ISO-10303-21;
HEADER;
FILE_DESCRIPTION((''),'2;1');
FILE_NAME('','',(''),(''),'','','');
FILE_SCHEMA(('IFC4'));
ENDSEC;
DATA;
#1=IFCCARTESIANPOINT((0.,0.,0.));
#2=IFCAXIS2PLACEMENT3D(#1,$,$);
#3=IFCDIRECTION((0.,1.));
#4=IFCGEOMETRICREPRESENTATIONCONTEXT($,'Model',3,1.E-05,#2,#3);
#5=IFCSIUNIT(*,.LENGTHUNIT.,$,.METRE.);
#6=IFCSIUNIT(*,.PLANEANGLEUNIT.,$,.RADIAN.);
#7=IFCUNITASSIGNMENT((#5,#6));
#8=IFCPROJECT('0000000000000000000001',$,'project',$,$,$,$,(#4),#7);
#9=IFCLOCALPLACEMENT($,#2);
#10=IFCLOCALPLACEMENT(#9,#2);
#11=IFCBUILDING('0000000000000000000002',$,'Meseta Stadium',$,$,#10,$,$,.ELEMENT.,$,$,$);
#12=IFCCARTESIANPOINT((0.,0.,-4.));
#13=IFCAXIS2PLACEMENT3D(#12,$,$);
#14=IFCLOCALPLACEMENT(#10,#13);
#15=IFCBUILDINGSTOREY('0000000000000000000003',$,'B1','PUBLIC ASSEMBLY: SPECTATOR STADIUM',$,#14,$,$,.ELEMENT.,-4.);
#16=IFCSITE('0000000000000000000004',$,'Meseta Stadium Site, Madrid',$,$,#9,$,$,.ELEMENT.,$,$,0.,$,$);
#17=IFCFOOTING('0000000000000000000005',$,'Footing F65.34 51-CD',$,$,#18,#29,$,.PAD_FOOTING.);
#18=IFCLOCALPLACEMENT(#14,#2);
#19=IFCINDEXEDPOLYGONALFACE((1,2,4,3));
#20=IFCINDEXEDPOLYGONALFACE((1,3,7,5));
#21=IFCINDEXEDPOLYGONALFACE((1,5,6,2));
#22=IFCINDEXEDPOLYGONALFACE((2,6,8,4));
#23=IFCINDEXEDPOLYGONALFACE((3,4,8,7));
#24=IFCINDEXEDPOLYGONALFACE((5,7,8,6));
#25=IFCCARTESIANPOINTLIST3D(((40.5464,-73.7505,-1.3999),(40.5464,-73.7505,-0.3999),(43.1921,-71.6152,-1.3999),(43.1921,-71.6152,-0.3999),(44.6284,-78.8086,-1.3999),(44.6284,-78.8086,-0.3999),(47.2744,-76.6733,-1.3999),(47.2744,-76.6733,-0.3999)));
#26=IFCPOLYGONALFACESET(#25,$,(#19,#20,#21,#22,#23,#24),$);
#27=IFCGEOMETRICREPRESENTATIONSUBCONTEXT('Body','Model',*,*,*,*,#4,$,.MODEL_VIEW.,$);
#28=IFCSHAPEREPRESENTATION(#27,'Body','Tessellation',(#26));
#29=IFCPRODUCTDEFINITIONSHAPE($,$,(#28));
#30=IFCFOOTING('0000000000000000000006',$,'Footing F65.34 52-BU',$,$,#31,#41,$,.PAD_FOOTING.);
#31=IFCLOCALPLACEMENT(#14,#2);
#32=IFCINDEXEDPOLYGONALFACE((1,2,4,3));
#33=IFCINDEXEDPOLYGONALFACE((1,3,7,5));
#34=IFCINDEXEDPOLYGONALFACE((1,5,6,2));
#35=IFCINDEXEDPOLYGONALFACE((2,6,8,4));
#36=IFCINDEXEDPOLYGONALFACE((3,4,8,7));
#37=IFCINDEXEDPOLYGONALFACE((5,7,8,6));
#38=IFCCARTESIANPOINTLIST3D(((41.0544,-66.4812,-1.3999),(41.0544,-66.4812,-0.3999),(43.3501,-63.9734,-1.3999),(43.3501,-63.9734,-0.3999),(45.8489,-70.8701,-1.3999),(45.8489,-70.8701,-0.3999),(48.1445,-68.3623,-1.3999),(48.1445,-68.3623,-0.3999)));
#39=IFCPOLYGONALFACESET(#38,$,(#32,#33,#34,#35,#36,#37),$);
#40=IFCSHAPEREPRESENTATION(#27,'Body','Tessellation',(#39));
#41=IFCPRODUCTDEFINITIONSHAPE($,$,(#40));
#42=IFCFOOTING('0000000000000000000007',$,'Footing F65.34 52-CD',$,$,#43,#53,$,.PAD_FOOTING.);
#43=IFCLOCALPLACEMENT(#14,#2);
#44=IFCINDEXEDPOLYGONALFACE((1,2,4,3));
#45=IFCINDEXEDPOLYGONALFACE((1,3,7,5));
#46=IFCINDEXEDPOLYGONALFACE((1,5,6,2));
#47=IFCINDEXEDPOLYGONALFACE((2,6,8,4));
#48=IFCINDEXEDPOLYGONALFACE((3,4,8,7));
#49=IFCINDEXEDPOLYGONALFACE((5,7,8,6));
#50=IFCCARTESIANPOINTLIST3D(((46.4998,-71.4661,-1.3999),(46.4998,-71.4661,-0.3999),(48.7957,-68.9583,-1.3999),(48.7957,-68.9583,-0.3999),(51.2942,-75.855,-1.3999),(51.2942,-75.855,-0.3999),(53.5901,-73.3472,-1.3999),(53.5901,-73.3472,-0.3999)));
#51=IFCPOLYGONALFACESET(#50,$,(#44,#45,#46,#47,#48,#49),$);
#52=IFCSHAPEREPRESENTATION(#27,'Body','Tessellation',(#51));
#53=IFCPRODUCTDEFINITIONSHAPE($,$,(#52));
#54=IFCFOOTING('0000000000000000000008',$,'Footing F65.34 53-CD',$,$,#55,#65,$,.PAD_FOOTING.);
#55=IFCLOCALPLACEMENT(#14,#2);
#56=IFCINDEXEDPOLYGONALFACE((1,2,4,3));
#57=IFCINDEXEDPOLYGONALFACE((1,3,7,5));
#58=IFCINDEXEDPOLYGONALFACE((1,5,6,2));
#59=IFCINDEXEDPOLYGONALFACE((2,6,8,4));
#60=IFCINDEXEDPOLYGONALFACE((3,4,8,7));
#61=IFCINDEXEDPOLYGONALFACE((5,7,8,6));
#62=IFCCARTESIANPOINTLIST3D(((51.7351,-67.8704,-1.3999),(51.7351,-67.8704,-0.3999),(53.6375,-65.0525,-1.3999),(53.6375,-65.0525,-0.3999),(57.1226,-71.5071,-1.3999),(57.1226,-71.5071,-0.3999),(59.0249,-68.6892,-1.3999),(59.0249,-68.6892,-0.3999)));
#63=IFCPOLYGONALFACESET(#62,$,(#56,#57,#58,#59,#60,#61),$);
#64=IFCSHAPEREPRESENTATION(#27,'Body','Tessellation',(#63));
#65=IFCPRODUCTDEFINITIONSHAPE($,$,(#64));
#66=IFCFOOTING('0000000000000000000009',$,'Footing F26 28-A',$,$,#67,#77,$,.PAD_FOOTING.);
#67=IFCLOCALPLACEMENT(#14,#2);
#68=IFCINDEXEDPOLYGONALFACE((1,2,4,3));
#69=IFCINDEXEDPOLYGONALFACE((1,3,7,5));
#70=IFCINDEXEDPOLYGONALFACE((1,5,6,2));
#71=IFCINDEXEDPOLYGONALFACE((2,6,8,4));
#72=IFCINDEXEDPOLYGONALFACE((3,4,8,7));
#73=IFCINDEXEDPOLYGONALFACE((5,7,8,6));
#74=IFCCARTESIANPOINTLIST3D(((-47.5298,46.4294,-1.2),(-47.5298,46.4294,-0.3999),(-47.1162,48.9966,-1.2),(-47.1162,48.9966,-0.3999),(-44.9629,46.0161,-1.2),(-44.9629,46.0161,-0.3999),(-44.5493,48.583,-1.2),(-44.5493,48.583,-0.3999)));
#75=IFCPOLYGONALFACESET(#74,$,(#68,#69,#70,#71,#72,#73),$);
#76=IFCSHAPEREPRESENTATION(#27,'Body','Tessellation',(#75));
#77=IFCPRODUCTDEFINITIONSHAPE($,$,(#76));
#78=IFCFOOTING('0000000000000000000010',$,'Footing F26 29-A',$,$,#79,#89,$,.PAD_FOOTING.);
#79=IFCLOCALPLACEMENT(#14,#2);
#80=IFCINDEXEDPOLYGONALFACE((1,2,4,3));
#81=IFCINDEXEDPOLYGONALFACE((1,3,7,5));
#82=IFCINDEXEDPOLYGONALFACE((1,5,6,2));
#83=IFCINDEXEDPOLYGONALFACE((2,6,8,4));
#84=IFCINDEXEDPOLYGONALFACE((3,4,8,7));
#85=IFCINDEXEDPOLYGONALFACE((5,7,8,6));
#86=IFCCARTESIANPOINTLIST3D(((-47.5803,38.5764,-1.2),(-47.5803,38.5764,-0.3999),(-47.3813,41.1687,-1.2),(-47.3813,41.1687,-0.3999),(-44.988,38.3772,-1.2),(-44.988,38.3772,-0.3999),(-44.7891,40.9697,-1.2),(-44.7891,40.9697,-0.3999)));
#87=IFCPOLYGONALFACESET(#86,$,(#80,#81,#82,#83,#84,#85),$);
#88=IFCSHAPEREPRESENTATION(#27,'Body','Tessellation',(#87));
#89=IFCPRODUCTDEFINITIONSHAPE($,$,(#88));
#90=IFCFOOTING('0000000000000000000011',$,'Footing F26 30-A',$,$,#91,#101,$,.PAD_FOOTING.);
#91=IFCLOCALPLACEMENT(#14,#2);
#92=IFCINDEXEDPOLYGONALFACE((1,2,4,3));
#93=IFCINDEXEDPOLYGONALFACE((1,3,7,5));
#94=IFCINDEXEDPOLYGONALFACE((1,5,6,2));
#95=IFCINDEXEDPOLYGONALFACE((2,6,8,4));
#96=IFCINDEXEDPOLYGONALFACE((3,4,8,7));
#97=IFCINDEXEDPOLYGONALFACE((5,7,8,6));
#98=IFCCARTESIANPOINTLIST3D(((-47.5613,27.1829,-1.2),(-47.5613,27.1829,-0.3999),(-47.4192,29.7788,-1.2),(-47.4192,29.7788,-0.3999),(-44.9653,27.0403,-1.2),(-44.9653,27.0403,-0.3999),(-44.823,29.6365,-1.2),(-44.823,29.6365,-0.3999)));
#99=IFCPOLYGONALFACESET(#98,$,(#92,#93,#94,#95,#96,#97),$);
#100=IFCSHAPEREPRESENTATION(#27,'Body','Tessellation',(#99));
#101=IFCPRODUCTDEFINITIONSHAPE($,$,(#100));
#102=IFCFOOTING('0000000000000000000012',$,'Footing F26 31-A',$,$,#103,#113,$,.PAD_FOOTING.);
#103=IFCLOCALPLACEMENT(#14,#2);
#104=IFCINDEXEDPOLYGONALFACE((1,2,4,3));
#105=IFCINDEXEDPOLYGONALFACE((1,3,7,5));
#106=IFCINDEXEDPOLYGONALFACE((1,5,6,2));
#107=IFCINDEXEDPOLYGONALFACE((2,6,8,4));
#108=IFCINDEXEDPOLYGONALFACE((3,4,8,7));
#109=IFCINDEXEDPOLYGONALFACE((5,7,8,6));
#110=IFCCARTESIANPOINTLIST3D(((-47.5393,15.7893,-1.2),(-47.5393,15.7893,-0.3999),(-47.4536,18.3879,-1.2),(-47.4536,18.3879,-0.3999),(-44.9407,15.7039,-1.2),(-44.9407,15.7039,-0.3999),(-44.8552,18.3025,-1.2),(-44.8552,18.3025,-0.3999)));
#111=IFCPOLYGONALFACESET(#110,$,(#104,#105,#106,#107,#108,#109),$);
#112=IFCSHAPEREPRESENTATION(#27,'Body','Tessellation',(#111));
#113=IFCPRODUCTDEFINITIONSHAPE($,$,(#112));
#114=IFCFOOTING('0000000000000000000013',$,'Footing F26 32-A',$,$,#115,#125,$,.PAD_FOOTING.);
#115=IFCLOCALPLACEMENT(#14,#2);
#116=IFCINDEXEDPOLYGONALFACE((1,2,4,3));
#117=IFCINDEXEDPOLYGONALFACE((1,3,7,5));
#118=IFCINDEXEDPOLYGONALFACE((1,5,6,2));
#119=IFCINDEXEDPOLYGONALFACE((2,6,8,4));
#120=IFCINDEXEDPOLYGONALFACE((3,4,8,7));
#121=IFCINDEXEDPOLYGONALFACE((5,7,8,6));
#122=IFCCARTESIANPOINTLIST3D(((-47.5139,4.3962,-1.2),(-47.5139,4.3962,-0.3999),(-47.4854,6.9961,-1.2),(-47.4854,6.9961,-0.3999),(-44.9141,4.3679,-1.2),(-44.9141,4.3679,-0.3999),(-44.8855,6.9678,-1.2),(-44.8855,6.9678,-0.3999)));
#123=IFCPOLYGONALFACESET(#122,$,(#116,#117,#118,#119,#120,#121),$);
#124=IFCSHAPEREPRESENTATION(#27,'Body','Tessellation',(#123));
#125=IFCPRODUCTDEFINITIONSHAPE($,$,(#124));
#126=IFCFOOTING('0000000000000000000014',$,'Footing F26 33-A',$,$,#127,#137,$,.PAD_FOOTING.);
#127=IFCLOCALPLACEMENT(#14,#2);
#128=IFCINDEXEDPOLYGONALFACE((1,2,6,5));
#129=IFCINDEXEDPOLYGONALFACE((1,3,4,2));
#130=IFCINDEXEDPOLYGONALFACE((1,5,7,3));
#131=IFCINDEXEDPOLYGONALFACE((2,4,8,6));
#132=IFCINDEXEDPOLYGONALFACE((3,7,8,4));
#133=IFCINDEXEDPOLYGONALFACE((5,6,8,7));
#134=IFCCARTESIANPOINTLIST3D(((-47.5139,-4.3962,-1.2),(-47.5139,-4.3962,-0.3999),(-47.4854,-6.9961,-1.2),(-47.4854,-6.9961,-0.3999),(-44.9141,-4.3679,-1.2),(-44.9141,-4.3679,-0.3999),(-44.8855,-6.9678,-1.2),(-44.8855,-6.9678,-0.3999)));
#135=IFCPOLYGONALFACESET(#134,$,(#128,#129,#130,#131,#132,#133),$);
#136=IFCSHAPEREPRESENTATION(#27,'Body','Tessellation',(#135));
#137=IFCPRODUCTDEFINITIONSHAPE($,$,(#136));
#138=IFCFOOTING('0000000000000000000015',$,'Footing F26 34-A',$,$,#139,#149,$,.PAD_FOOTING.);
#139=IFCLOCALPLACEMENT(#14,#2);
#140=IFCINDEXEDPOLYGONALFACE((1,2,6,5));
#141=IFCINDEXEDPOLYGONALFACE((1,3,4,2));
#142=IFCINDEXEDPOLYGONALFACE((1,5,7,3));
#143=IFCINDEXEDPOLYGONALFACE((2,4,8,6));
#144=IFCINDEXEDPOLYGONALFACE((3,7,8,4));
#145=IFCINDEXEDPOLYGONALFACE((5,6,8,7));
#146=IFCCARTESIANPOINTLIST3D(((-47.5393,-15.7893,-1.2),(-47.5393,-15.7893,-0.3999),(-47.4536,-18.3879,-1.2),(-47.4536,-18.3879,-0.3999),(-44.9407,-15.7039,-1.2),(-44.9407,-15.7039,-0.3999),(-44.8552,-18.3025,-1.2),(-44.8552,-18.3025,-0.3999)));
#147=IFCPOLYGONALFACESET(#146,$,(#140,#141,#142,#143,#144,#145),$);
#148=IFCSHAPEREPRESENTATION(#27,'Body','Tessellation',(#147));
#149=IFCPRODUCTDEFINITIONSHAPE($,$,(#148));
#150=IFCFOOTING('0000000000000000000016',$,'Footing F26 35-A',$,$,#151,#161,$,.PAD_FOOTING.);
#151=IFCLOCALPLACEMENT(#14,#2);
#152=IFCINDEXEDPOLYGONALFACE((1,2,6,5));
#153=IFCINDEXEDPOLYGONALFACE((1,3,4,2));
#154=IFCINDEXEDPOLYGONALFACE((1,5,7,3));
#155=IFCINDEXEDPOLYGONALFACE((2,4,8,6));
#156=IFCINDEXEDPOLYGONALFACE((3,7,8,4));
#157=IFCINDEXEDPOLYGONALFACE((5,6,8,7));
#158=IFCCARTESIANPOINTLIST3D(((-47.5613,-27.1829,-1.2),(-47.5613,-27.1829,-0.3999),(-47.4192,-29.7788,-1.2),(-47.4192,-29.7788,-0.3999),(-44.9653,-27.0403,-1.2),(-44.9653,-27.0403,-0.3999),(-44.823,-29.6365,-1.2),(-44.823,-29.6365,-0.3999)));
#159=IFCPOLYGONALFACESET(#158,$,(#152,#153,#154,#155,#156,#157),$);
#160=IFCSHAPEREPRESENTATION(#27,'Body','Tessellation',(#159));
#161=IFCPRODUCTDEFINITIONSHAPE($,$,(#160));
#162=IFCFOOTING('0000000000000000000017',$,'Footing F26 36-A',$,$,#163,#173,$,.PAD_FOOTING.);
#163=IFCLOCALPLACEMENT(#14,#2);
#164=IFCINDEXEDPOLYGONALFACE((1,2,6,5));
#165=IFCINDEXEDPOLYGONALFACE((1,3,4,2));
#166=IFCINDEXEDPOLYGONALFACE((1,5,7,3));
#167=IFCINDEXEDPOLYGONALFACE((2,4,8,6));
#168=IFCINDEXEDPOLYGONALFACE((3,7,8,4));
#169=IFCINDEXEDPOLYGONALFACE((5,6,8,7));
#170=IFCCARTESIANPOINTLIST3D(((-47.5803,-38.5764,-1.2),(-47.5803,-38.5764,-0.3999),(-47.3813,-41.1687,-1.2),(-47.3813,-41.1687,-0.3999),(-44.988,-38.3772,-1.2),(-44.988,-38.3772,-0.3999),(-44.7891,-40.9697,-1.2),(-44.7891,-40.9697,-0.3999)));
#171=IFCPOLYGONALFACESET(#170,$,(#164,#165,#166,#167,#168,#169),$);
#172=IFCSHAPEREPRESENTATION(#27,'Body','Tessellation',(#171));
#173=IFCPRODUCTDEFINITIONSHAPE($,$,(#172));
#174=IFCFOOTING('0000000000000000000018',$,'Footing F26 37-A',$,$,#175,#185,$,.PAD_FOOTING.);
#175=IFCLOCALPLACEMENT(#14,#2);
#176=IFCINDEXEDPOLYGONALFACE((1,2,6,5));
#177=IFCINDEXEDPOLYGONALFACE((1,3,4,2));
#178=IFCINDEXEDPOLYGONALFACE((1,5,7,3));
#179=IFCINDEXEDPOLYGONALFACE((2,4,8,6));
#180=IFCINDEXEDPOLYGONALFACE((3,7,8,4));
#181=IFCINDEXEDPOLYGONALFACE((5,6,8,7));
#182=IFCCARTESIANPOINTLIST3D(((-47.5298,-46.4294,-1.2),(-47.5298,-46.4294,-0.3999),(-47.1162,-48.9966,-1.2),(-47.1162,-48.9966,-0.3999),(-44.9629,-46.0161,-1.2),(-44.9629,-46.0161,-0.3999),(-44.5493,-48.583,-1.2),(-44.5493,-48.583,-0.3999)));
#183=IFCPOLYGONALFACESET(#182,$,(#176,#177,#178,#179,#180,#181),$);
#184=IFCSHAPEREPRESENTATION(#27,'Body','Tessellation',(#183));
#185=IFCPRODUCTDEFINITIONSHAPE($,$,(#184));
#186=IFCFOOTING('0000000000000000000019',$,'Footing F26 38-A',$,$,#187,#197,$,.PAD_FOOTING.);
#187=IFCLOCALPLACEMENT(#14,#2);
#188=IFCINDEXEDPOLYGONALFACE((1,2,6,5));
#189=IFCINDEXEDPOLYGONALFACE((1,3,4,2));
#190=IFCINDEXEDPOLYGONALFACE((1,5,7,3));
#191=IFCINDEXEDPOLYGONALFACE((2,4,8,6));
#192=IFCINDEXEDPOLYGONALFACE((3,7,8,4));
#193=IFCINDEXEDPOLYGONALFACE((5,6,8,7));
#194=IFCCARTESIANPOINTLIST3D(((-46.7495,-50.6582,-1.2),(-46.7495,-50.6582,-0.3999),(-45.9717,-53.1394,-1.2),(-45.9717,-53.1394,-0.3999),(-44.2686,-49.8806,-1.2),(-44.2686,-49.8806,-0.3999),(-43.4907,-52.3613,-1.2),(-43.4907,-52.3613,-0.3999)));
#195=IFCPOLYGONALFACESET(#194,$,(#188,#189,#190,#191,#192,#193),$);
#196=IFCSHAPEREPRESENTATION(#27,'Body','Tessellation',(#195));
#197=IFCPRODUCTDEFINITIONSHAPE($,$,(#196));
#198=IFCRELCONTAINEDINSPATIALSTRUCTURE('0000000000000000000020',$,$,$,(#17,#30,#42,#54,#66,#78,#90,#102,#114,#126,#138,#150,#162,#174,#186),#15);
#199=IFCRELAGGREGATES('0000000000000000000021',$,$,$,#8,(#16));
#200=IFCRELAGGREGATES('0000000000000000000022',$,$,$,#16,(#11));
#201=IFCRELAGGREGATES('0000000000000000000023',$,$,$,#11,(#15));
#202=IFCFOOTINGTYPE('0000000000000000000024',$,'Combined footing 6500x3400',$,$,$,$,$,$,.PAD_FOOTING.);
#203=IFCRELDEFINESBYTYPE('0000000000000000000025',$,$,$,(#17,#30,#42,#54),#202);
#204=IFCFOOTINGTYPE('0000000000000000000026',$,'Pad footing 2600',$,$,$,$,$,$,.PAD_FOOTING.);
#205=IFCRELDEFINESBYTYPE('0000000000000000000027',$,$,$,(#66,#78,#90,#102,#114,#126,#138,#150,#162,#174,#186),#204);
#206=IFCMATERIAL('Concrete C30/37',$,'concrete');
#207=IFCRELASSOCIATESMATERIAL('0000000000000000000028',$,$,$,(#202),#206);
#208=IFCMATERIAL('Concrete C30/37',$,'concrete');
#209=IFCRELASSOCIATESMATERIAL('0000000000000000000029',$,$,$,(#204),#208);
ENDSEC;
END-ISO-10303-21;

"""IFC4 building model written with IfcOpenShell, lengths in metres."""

from ifc_helpers import new_model, si_unit, direction, frame, origin, place, context, subcontext, project, spatial, polyline, outline, extrude, material, type_object, element, save


model = new_model("IFC4")

# Units and contexts
model_context = context("Model", 3, precision=1e-05, world=origin(), true_north=direction((0.0, 1.0)))
body_context = subcontext(model_context, "Body", "Model", "MODEL_VIEW")
ifc_project = project(units=[si_unit("LENGTHUNIT", "METRE"), si_unit("PLANEANGLEUNIT", "RADIAN")], contexts=[model_context])

# Site, building, storey
site_placement = place(None, origin())
site = spatial("IfcSite", under=ifc_project, at=site_placement, Name="Meseta Stadium Site, Madrid", CompositionType="ELEMENT", RefElevation=0.0)
building_placement = place(site_placement, origin())
building = spatial("IfcBuilding", under=site, at=building_placement, Name="Meseta Stadium", CompositionType="ELEMENT")
storey_placement = place(building_placement, frame((0.0, 0.0, -4.0)))
storey = spatial("IfcBuildingStorey", under=building, at=storey_placement, Name="B1", Description="PUBLIC ASSEMBLY: SPECTATOR STADIUM", CompositionType="ELEMENT", Elevation=-4.0)

# Footings
ifc_material_1 = material(Name="Concrete C30/37", Category="concrete")
footing_type_1 = type_object("IfcFootingType", Name="Combined footing 6500x3400", PredefinedType="PAD_FOOTING", material=ifc_material_1)
footing_1_placement = place(storey_placement, frame((0.0, 0.0, -1.3999)))
element("IfcFooting", 1, at=footing_1_placement, inside=storey, type_object=footing_type_1, Name="Footing F65.34 51-CD", PredefinedType="PAD_FOOTING", context=body_context, shape_type="SweptSolid", body=[
    extrude(outline(polyline([(40.5464, -73.7505), (44.6284, -78.8086), (47.2744, -76.6733), (43.1921, -71.6152), (40.5464, -73.7505)])), origin(), (0.0, 0.0, 1.0), 1.0),
])
footing_2_placement = place(storey_placement, frame((0.0, 0.0, -1.3999)))
element("IfcFooting", 2, at=footing_2_placement, inside=storey, type_object=footing_type_1, Name="Footing F65.34 52-BU", PredefinedType="PAD_FOOTING", context=body_context, shape_type="SweptSolid", body=[
    extrude(outline(polyline([(41.0544, -66.4812), (45.8489, -70.8701), (48.1445, -68.3623), (43.3501, -63.9734), (41.0544, -66.4812)])), origin(), (0.0, 0.0, 1.0), 1.0),
])
footing_3_placement = place(storey_placement, frame((0.0, 0.0, -1.3999)))
element("IfcFooting", 3, at=footing_3_placement, inside=storey, type_object=footing_type_1, Name="Footing F65.34 52-CD", PredefinedType="PAD_FOOTING", context=body_context, shape_type="SweptSolid", body=[
    extrude(outline(polyline([(46.4998, -71.4661), (51.2942, -75.855), (53.5901, -73.3472), (48.7957, -68.9583), (46.4998, -71.4661)])), origin(), (0.0, 0.0, 1.0), 1.0),
])
footing_4_placement = place(storey_placement, frame((0.0, 0.0, -1.3999)))
element("IfcFooting", 4, at=footing_4_placement, inside=storey, type_object=footing_type_1, Name="Footing F65.34 53-CD", PredefinedType="PAD_FOOTING", context=body_context, shape_type="SweptSolid", body=[
    extrude(outline(polyline([(51.7351, -67.8704), (57.1226, -71.5071), (59.0249, -68.6892), (53.6375, -65.0525), (51.7351, -67.8704)])), origin(), (0.0, 0.0, 1.0), 1.0),
])
ifc_material_2 = material(Name="Concrete C30/37", Category="concrete")
footing_type_2 = type_object("IfcFootingType", Name="Pad footing 2600", PredefinedType="PAD_FOOTING", material=ifc_material_2)
footing_5_placement = place(storey_placement, frame((0.0, 0.0, -1.2)))
element("IfcFooting", 5, at=footing_5_placement, inside=storey, type_object=footing_type_2, Name="Footing F26 28-A", PredefinedType="PAD_FOOTING", context=body_context, shape_type="SweptSolid", body=[
    extrude(outline(polyline([(-44.5493, 48.583), (-47.1162, 48.9966), (-47.5298, 46.4294), (-44.9629, 46.0161), (-44.5493, 48.583)])), origin(), (0.0, 0.0, 1.0), 0.8),
])
footing_6_placement = place(storey_placement, frame((0.0, 0.0, -1.2)))
element("IfcFooting", 6, at=footing_6_placement, inside=storey, type_object=footing_type_2, Name="Footing F26 29-A", PredefinedType="PAD_FOOTING", context=body_context, shape_type="SweptSolid", body=[
    extrude(outline(polyline([(-44.7891, 40.9697), (-47.3813, 41.1687), (-47.5803, 38.5764), (-44.988, 38.3772), (-44.7891, 40.9697)])), origin(), (0.0, 0.0, 1.0), 0.8),
])
footing_7_placement = place(storey_placement, frame((0.0, 0.0, -1.2)))
element("IfcFooting", 7, at=footing_7_placement, inside=storey, type_object=footing_type_2, Name="Footing F26 30-A", PredefinedType="PAD_FOOTING", context=body_context, shape_type="SweptSolid", body=[
    extrude(outline(polyline([(-44.823, 29.6365), (-47.4192, 29.7788), (-47.5613, 27.1829), (-44.9653, 27.0403), (-44.823, 29.6365)])), origin(), (0.0, 0.0, 1.0), 0.8),
])
footing_8_placement = place(storey_placement, frame((0.0, 0.0, -1.2)))
element("IfcFooting", 8, at=footing_8_placement, inside=storey, type_object=footing_type_2, Name="Footing F26 31-A", PredefinedType="PAD_FOOTING", context=body_context, shape_type="SweptSolid", body=[
    extrude(outline(polyline([(-44.8552, 18.3025), (-47.4536, 18.3879), (-47.5393, 15.7893), (-44.9407, 15.7039), (-44.8552, 18.3025)])), origin(), (0.0, 0.0, 1.0), 0.8),
])
footing_9_placement = place(storey_placement, frame((0.0, 0.0, -1.2)))
element("IfcFooting", 9, at=footing_9_placement, inside=storey, type_object=footing_type_2, Name="Footing F26 32-A", PredefinedType="PAD_FOOTING", context=body_context, shape_type="SweptSolid", body=[
    extrude(outline(polyline([(-44.8855, 6.9678), (-47.4854, 6.9961), (-47.5139, 4.3962), (-44.9141, 4.3679), (-44.8855, 6.9678)])), origin(), (0.0, 0.0, 1.0), 0.8),
])
footing_10_placement = place(storey_placement, frame((0.0, 0.0, -1.2)))
element("IfcFooting", 10, at=footing_10_placement, inside=storey, type_object=footing_type_2, Name="Footing F26 33-A", PredefinedType="PAD_FOOTING", context=body_context, shape_type="SweptSolid", body=[
    extrude(outline(polyline([(-44.9141, -4.3679), (-47.5139, -4.3962), (-47.4854, -6.9961), (-44.8855, -6.9678), (-44.9141, -4.3679)])), origin(), (0.0, 0.0, 1.0), 0.8),
])
footing_11_placement = place(storey_placement, frame((0.0, 0.0, -1.2)))
element("IfcFooting", 11, at=footing_11_placement, inside=storey, type_object=footing_type_2, Name="Footing F26 34-A", PredefinedType="PAD_FOOTING", context=body_context, shape_type="SweptSolid", body=[
    extrude(outline(polyline([(-44.9407, -15.7039), (-47.5393, -15.7893), (-47.4536, -18.3879), (-44.8552, -18.3025), (-44.9407, -15.7039)])), origin(), (0.0, 0.0, 1.0), 0.8),
])
footing_12_placement = place(storey_placement, frame((0.0, 0.0, -1.2)))
element("IfcFooting", 12, at=footing_12_placement, inside=storey, type_object=footing_type_2, Name="Footing F26 35-A", PredefinedType="PAD_FOOTING", context=body_context, shape_type="SweptSolid", body=[
    extrude(outline(polyline([(-44.9653, -27.0403), (-47.5613, -27.1829), (-47.4192, -29.7788), (-44.823, -29.6365), (-44.9653, -27.0403)])), origin(), (0.0, 0.0, 1.0), 0.8),
])
footing_13_placement = place(storey_placement, frame((0.0, 0.0, -1.2)))
element("IfcFooting", 13, at=footing_13_placement, inside=storey, type_object=footing_type_2, Name="Footing F26 36-A", PredefinedType="PAD_FOOTING", context=body_context, shape_type="SweptSolid", body=[
    extrude(outline(polyline([(-44.988, -38.3772), (-47.5803, -38.5764), (-47.3813, -41.1687), (-44.7891, -40.9697), (-44.988, -38.3772)])), origin(), (0.0, 0.0, 1.0), 0.8),
])
footing_14_placement = place(storey_placement, frame((0.0, 0.0, -1.2)))
element("IfcFooting", 14, at=footing_14_placement, inside=storey, type_object=footing_type_2, Name="Footing F26 37-A", PredefinedType="PAD_FOOTING", context=body_context, shape_type="SweptSolid", body=[
    extrude(outline(polyline([(-44.9629, -46.0161), (-47.5298, -46.4294), (-47.1162, -48.9966), (-44.5493, -48.583), (-44.9629, -46.0161)])), origin(), (0.0, 0.0, 1.0), 0.8),
])
footing_15_placement = place(storey_placement, frame((0.0, 0.0, -1.2)))
element("IfcFooting", 15, at=footing_15_placement, inside=storey, type_object=footing_type_2, Name="Footing F26 38-A", PredefinedType="PAD_FOOTING", context=body_context, shape_type="SweptSolid", body=[
    extrude(outline(polyline([(-44.2686, -49.8806), (-46.7495, -50.6582), (-45.9717, -53.1394), (-43.4907, -52.3613), (-44.2686, -49.8806)])), origin(), (0.0, 0.0, 1.0), 0.8),
])

save(model, "model.ifc")
